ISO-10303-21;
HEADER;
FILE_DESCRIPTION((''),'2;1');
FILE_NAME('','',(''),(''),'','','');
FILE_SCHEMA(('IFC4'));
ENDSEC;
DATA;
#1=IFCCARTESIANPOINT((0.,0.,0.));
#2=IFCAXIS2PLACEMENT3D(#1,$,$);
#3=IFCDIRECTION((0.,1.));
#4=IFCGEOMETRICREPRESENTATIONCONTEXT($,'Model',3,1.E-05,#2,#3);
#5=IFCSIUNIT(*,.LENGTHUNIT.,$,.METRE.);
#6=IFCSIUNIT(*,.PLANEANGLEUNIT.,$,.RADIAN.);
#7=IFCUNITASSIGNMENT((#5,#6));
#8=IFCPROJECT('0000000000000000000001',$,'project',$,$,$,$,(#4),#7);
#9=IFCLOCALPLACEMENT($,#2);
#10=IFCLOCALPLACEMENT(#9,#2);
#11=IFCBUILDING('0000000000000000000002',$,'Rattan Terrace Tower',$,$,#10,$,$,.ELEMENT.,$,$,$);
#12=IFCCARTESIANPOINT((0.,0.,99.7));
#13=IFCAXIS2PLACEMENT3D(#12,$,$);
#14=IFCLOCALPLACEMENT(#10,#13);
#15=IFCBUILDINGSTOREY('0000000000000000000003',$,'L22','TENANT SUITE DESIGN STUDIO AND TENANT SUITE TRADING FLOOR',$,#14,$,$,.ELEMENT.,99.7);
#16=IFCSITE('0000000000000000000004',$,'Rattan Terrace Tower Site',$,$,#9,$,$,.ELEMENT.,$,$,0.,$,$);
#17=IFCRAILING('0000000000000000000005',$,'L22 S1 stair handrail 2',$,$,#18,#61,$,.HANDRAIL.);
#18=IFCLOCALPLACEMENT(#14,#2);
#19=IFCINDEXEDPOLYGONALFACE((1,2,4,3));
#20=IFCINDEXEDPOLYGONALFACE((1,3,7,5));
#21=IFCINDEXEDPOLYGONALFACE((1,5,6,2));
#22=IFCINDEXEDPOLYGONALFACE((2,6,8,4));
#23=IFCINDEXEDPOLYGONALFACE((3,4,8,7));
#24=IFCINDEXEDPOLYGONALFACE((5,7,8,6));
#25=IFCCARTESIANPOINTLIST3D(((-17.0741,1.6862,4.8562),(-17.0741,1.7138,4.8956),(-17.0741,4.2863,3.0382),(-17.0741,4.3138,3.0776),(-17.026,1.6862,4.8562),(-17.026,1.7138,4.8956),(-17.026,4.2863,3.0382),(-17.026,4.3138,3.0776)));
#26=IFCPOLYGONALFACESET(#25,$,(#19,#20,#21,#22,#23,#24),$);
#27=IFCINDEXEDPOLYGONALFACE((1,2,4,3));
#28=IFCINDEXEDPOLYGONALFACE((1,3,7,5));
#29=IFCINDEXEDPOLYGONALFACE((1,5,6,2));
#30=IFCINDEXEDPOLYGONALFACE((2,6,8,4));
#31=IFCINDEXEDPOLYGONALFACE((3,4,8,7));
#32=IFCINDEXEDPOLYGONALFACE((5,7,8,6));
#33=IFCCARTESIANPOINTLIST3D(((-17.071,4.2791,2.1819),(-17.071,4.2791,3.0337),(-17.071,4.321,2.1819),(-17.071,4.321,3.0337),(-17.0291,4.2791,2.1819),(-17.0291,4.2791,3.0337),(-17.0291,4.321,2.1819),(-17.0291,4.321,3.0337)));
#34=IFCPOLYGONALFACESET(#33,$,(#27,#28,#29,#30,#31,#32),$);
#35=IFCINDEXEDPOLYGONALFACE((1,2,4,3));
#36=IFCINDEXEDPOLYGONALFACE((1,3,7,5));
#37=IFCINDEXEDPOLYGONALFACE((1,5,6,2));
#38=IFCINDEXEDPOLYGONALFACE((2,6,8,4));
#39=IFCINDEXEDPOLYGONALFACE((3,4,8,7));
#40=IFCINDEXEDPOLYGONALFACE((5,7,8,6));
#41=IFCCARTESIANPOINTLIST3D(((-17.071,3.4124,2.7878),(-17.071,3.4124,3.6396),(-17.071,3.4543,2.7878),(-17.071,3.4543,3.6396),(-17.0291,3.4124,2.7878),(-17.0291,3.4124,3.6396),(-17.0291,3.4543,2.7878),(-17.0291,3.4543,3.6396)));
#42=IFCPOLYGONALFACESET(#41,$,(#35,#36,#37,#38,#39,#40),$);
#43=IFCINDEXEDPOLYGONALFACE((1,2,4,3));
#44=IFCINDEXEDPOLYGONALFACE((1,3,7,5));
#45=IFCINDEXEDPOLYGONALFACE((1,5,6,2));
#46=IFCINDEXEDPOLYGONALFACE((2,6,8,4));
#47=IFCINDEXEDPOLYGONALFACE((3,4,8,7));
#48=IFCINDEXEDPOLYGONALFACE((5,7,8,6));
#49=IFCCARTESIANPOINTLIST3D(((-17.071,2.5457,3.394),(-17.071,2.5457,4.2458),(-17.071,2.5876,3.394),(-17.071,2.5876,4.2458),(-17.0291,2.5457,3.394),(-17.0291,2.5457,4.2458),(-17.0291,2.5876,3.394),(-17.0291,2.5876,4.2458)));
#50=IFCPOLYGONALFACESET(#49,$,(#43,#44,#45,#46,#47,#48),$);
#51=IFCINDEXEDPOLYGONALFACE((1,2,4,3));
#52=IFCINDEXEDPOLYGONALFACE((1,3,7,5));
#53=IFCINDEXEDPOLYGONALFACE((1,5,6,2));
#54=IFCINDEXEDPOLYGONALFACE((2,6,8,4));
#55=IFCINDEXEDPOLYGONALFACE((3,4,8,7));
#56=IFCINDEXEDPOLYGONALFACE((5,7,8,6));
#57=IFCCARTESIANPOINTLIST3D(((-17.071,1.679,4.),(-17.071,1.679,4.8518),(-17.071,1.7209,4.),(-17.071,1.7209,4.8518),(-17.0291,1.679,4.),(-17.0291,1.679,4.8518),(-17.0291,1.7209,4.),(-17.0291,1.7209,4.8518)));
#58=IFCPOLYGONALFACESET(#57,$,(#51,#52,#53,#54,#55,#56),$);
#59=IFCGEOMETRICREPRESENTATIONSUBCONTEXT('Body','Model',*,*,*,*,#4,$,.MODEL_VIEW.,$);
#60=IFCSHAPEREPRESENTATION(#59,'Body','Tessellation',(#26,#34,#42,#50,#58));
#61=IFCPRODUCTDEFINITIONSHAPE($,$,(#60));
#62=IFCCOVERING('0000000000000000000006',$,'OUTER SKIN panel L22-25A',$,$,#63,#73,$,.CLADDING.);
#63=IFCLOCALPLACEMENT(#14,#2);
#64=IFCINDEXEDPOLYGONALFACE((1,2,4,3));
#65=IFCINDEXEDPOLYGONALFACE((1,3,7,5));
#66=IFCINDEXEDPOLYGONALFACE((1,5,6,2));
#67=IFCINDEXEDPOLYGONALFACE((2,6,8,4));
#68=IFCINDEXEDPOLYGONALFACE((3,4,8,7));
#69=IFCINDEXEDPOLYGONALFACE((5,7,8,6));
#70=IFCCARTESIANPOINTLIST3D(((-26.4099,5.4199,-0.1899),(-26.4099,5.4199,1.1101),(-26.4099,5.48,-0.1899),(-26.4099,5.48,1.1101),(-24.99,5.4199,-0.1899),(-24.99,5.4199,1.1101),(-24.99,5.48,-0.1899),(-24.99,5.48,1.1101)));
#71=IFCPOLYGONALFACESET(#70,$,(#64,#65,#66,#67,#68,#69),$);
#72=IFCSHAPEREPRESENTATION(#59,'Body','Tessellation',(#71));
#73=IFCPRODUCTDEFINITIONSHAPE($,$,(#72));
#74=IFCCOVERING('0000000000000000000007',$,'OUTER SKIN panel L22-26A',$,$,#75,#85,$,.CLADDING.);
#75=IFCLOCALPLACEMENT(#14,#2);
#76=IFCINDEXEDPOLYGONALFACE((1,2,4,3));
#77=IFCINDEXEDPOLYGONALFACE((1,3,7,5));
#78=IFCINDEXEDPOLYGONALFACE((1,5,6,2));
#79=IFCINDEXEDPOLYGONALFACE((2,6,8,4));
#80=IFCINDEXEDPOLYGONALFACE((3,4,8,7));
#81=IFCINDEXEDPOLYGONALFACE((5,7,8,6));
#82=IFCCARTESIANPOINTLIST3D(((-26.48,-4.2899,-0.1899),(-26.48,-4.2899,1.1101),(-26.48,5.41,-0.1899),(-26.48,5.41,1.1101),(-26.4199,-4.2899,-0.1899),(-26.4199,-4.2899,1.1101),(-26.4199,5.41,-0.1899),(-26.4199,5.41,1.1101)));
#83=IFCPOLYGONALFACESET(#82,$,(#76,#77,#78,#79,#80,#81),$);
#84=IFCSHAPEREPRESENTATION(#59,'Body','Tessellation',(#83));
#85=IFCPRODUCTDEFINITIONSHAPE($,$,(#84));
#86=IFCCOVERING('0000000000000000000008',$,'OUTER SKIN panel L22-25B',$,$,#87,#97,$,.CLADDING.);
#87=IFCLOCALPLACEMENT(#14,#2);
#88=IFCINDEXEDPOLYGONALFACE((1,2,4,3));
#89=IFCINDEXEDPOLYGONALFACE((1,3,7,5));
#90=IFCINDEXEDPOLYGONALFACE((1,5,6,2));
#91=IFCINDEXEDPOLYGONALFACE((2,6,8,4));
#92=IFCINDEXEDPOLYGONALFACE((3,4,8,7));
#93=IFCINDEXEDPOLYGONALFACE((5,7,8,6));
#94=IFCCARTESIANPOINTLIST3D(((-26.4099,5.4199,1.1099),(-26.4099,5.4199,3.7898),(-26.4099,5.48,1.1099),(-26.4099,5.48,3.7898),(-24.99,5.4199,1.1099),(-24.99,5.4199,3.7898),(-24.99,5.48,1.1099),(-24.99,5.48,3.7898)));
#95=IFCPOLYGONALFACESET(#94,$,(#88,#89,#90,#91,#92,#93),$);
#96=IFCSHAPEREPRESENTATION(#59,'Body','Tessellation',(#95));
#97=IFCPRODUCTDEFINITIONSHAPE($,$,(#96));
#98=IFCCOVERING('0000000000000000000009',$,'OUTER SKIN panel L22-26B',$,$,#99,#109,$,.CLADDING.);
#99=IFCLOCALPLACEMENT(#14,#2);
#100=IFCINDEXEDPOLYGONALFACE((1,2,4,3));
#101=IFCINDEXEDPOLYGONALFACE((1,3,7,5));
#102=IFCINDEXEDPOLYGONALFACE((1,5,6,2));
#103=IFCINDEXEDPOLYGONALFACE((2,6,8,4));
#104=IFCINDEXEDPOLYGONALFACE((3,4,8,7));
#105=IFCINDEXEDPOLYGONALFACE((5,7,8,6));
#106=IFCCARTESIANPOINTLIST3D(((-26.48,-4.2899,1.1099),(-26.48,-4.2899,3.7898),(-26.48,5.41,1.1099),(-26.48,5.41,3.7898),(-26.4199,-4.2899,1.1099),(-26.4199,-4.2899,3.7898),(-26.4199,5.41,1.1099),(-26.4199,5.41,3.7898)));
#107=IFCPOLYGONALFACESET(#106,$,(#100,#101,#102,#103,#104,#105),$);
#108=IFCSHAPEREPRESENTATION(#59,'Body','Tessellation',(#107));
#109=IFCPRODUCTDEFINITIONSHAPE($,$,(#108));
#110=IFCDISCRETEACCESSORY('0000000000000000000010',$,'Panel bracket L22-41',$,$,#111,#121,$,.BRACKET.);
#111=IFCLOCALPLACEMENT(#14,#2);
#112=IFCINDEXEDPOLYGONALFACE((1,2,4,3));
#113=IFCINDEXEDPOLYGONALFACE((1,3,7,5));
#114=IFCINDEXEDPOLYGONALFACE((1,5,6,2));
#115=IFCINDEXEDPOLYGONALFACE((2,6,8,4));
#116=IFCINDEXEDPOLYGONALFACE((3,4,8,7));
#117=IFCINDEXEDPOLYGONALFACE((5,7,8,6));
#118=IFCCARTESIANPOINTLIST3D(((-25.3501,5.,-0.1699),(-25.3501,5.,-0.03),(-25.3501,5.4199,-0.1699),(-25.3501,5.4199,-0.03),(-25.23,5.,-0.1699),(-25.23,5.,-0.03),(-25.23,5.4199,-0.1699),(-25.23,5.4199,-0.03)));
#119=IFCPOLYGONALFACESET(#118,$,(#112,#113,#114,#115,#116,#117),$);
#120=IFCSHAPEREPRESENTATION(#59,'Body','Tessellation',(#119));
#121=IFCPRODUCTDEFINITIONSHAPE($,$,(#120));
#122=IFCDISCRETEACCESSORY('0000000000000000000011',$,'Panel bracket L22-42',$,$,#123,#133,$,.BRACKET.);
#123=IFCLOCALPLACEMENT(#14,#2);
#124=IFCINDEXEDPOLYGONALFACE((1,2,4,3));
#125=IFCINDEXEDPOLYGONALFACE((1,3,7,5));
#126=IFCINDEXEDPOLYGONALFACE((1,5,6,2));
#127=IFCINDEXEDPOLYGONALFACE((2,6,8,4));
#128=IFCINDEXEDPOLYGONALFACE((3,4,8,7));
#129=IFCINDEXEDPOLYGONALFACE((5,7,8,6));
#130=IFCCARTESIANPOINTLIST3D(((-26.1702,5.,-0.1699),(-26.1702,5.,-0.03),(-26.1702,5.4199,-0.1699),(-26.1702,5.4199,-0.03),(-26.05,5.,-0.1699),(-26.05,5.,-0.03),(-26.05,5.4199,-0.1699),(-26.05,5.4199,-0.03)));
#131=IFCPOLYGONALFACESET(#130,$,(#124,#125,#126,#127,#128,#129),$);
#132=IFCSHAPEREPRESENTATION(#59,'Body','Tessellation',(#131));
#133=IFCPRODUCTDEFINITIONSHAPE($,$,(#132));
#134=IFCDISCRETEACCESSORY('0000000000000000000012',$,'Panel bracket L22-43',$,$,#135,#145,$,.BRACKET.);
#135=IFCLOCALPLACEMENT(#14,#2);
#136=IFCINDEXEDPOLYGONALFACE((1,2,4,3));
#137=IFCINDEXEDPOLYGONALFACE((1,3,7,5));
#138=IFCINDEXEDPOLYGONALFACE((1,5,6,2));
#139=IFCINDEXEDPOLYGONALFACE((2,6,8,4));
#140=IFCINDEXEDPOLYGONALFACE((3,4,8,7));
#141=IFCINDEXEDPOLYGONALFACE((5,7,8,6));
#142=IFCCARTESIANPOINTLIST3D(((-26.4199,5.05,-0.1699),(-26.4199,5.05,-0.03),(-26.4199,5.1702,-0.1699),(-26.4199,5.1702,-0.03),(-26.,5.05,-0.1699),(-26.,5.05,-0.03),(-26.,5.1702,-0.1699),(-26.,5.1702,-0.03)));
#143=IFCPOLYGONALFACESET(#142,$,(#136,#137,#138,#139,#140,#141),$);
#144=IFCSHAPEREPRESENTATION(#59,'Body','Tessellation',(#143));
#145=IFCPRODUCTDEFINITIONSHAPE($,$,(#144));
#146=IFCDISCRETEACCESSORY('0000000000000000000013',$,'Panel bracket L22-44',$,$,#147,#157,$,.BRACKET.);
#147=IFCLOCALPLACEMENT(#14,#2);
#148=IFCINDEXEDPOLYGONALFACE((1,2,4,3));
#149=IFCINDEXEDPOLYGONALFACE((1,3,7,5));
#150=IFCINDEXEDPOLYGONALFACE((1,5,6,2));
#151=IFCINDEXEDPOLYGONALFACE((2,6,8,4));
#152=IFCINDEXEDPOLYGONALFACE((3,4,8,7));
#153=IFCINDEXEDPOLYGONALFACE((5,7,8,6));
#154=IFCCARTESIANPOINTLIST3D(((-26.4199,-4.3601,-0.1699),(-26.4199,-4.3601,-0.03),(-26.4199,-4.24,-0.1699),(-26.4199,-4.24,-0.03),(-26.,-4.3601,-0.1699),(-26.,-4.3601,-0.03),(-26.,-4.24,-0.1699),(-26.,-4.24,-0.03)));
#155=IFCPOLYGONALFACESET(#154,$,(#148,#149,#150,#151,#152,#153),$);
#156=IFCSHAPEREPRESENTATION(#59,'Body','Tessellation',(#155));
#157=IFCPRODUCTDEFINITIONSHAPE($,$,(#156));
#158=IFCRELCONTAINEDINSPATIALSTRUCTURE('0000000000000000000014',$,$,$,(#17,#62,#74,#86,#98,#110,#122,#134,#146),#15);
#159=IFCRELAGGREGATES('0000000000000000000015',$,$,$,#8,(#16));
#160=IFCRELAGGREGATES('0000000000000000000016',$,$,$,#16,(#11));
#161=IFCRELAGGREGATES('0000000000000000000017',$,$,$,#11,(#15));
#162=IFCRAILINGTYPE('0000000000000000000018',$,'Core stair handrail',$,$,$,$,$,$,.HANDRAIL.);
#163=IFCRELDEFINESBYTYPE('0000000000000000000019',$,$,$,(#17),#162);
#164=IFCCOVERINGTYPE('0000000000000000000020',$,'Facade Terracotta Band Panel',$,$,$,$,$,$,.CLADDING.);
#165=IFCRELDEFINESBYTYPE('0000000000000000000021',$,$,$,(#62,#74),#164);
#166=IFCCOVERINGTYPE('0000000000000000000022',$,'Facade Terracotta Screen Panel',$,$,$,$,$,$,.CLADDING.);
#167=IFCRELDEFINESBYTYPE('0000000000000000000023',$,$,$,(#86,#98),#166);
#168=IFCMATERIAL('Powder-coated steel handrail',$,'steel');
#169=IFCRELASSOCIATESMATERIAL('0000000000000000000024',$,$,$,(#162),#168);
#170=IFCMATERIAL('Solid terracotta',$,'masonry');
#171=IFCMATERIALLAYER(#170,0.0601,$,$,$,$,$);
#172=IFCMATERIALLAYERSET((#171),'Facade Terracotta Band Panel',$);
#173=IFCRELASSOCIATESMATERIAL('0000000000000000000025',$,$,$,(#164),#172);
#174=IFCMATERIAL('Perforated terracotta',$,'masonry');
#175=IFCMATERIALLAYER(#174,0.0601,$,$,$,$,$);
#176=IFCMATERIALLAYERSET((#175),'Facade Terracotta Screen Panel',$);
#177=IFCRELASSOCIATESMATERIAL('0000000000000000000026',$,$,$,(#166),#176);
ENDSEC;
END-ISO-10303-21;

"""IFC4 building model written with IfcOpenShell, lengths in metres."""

from ifc_helpers import new_model, si_unit, direction, frame, origin, origin_2d, place, context, subcontext, project, spatial, rectangle, extrude, material, layer, layer_set, type_object, element, save


model = new_model("IFC4")

# Units and contexts
model_context = context("Model", 3, precision=1e-05, world=origin(), true_north=direction((0.0, 1.0)))
body_context = subcontext(model_context, "Body", "Model", "MODEL_VIEW")
ifc_project = project(units=[si_unit("LENGTHUNIT", "METRE"), si_unit("PLANEANGLEUNIT", "RADIAN")], contexts=[model_context])

# Site, building, storey
site_placement = place(None, origin())
site = spatial("IfcSite", under=ifc_project, at=site_placement, Name="Rattan Terrace Tower Site", CompositionType="ELEMENT", RefElevation=0.0)
building_placement = place(site_placement, origin())
building = spatial("IfcBuilding", under=site, at=building_placement, Name="Rattan Terrace Tower", CompositionType="ELEMENT")
storey_placement = place(building_placement, frame((0.0, 0.0, 99.7)))
storey = spatial("IfcBuildingStorey", under=building, at=storey_placement, Name="L22", Description="TENANT SUITE DESIGN STUDIO AND TENANT SUITE TRADING FLOOR", CompositionType="ELEMENT", Elevation=99.7)

# Railing
ifc_material_1 = material(Name="Powder-coated steel handrail", Category="steel")
railing_type = type_object("IfcRailingType", Name="Core stair handrail", PredefinedType="HANDRAIL", material=ifc_material_1)
railing_placement = place(storey_placement, frame((-17.05, 4.3, 2.1819)))
element("IfcRailing", 1, at=railing_placement, inside=storey, type_object=railing_type, Name="L22 S1 stair handrail 2", PredefinedType="HANDRAIL", context=body_context, shape_type="SweptSolid", body=[
    extrude(rectangle(XDim=0.0481, YDim=0.0481, at=origin_2d()), frame((0.0, 0.0, 0.876), z_axis=(0.0, -0.819521, 0.573049), x_axis=(1.0, 0.0, 0.0)), (0.0, 0.0, 1.0), 3.1726),
    extrude(rectangle(XDim=0.042, YDim=0.042, at=origin_2d()), origin(), (0.0, 0.0, 1.0), 0.8518),
    extrude(rectangle(XDim=0.042, YDim=0.042, at=origin_2d()), frame((0.0, -0.8667, 0.606)), (0.0, 0.0, 1.0), 0.8518),
    extrude(rectangle(XDim=0.042, YDim=0.042, at=origin_2d()), frame((0.0, -1.7334, 1.2122)), (0.0, 0.0, 1.0), 0.8518),
    extrude(rectangle(XDim=0.042, YDim=0.042, at=origin_2d()), frame((0.0, -2.6001, 1.8181)), (0.0, 0.0, 1.0), 0.8518),
])

# Coverings
ifc_material_2 = material(Name="Solid terracotta", Category="masonry")
ifc_layer_1 = layer(ifc_material_2, 0.0601)
ifc_layer_set_1 = layer_set([ifc_layer_1], Name="Facade Terracotta Band Panel")
covering_type_1 = type_object("IfcCoveringType", Name="Facade Terracotta Band Panel", PredefinedType="CLADDING", material=ifc_layer_set_1)
covering_1_placement = place(storey_placement, frame((-25.7, 5.45, -0.1899), z_axis=(0.0, 0.0, 1.0), x_axis=(-1.0, 0.0, 0.0)))
element("IfcCovering", 2, at=covering_1_placement, inside=storey, type_object=covering_type_1, Name="OUTER SKIN panel L22-25A", PredefinedType="CLADDING", context=body_context, shape_type="SweptSolid", body=[
    extrude(rectangle(XDim=1.4199, YDim=0.0601, at=origin_2d()), origin(), (0.0, 0.0, 1.0), 1.3),
])
covering_2_placement = place(storey_placement, frame((-26.45, 0.5601, -0.1899), z_axis=(0.0, 0.0, 1.0), x_axis=(0.0, -1.0, 0.0)))
element("IfcCovering", 3, at=covering_2_placement, inside=storey, type_object=covering_type_1, Name="OUTER SKIN panel L22-26A", PredefinedType="CLADDING", context=body_context, shape_type="SweptSolid", body=[
    extrude(rectangle(XDim=9.7, YDim=0.0601, at=origin_2d()), origin(), (0.0, 0.0, 1.0), 1.3),
])
ifc_material_3 = material(Name="Perforated terracotta", Category="masonry")
ifc_layer_2 = layer(ifc_material_3, 0.0601)
ifc_layer_set_2 = layer_set([ifc_layer_2], Name="Facade Terracotta Screen Panel")
covering_type_2 = type_object("IfcCoveringType", Name="Facade Terracotta Screen Panel", PredefinedType="CLADDING", material=ifc_layer_set_2)
covering_3_placement = place(storey_placement, frame((-25.7, 5.45, 1.1099), z_axis=(0.0, 0.0, 1.0), x_axis=(-1.0, 0.0, 0.0)))
element("IfcCovering", 4, at=covering_3_placement, inside=storey, type_object=covering_type_2, Name="OUTER SKIN panel L22-25B", PredefinedType="CLADDING", context=body_context, shape_type="SweptSolid", body=[
    extrude(rectangle(XDim=1.4199, YDim=0.0601, at=origin_2d()), origin(), (0.0, 0.0, 1.0), 2.6799),
])
covering_4_placement = place(storey_placement, frame((-26.45, 0.5601, 1.1099), z_axis=(0.0, 0.0, 1.0), x_axis=(0.0, -1.0, 0.0)))
element("IfcCovering", 5, at=covering_4_placement, inside=storey, type_object=covering_type_2, Name="OUTER SKIN panel L22-26B", PredefinedType="CLADDING", context=body_context, shape_type="SweptSolid", body=[
    extrude(rectangle(XDim=9.7, YDim=0.0601, at=origin_2d()), origin(), (0.0, 0.0, 1.0), 2.6799),
])

# Discrete accessories
for number, where, z_axis, x_axis, name in (
    (6, (-25.29, 5.21, -0.1699), (0.0, 0.0, 1.0), (-1.0, 0.0, 0.0), "Panel bracket L22-41"),
    (7, (-26.1101, 5.21, -0.1699), (0.0, 0.0, 1.0), (-1.0, 0.0, 0.0), "Panel bracket L22-42"),
    (8, (-26.21, 5.1101, -0.1699), (0.0, 0.0, 1.0), (0.0, -1.0, 0.0), "Panel bracket L22-43"),
    (9, (-26.21, -4.3, -0.1699), (0.0, 0.0, 1.0), (0.0, -1.0, 0.0), "Panel bracket L22-44"),
):
    element("IfcDiscreteAccessory", number, at=place(storey_placement, frame(where, z_axis=z_axis, x_axis=x_axis)), inside=storey, Name=name, PredefinedType="BRACKET", context=body_context, shape_type="SweptSolid", body=[
        extrude(rectangle(XDim=0.1201, YDim=0.4199, at=origin_2d()), origin(), (0.0, 0.0, 1.0), 0.1399),
    ])

save(model, "model.ifc")
